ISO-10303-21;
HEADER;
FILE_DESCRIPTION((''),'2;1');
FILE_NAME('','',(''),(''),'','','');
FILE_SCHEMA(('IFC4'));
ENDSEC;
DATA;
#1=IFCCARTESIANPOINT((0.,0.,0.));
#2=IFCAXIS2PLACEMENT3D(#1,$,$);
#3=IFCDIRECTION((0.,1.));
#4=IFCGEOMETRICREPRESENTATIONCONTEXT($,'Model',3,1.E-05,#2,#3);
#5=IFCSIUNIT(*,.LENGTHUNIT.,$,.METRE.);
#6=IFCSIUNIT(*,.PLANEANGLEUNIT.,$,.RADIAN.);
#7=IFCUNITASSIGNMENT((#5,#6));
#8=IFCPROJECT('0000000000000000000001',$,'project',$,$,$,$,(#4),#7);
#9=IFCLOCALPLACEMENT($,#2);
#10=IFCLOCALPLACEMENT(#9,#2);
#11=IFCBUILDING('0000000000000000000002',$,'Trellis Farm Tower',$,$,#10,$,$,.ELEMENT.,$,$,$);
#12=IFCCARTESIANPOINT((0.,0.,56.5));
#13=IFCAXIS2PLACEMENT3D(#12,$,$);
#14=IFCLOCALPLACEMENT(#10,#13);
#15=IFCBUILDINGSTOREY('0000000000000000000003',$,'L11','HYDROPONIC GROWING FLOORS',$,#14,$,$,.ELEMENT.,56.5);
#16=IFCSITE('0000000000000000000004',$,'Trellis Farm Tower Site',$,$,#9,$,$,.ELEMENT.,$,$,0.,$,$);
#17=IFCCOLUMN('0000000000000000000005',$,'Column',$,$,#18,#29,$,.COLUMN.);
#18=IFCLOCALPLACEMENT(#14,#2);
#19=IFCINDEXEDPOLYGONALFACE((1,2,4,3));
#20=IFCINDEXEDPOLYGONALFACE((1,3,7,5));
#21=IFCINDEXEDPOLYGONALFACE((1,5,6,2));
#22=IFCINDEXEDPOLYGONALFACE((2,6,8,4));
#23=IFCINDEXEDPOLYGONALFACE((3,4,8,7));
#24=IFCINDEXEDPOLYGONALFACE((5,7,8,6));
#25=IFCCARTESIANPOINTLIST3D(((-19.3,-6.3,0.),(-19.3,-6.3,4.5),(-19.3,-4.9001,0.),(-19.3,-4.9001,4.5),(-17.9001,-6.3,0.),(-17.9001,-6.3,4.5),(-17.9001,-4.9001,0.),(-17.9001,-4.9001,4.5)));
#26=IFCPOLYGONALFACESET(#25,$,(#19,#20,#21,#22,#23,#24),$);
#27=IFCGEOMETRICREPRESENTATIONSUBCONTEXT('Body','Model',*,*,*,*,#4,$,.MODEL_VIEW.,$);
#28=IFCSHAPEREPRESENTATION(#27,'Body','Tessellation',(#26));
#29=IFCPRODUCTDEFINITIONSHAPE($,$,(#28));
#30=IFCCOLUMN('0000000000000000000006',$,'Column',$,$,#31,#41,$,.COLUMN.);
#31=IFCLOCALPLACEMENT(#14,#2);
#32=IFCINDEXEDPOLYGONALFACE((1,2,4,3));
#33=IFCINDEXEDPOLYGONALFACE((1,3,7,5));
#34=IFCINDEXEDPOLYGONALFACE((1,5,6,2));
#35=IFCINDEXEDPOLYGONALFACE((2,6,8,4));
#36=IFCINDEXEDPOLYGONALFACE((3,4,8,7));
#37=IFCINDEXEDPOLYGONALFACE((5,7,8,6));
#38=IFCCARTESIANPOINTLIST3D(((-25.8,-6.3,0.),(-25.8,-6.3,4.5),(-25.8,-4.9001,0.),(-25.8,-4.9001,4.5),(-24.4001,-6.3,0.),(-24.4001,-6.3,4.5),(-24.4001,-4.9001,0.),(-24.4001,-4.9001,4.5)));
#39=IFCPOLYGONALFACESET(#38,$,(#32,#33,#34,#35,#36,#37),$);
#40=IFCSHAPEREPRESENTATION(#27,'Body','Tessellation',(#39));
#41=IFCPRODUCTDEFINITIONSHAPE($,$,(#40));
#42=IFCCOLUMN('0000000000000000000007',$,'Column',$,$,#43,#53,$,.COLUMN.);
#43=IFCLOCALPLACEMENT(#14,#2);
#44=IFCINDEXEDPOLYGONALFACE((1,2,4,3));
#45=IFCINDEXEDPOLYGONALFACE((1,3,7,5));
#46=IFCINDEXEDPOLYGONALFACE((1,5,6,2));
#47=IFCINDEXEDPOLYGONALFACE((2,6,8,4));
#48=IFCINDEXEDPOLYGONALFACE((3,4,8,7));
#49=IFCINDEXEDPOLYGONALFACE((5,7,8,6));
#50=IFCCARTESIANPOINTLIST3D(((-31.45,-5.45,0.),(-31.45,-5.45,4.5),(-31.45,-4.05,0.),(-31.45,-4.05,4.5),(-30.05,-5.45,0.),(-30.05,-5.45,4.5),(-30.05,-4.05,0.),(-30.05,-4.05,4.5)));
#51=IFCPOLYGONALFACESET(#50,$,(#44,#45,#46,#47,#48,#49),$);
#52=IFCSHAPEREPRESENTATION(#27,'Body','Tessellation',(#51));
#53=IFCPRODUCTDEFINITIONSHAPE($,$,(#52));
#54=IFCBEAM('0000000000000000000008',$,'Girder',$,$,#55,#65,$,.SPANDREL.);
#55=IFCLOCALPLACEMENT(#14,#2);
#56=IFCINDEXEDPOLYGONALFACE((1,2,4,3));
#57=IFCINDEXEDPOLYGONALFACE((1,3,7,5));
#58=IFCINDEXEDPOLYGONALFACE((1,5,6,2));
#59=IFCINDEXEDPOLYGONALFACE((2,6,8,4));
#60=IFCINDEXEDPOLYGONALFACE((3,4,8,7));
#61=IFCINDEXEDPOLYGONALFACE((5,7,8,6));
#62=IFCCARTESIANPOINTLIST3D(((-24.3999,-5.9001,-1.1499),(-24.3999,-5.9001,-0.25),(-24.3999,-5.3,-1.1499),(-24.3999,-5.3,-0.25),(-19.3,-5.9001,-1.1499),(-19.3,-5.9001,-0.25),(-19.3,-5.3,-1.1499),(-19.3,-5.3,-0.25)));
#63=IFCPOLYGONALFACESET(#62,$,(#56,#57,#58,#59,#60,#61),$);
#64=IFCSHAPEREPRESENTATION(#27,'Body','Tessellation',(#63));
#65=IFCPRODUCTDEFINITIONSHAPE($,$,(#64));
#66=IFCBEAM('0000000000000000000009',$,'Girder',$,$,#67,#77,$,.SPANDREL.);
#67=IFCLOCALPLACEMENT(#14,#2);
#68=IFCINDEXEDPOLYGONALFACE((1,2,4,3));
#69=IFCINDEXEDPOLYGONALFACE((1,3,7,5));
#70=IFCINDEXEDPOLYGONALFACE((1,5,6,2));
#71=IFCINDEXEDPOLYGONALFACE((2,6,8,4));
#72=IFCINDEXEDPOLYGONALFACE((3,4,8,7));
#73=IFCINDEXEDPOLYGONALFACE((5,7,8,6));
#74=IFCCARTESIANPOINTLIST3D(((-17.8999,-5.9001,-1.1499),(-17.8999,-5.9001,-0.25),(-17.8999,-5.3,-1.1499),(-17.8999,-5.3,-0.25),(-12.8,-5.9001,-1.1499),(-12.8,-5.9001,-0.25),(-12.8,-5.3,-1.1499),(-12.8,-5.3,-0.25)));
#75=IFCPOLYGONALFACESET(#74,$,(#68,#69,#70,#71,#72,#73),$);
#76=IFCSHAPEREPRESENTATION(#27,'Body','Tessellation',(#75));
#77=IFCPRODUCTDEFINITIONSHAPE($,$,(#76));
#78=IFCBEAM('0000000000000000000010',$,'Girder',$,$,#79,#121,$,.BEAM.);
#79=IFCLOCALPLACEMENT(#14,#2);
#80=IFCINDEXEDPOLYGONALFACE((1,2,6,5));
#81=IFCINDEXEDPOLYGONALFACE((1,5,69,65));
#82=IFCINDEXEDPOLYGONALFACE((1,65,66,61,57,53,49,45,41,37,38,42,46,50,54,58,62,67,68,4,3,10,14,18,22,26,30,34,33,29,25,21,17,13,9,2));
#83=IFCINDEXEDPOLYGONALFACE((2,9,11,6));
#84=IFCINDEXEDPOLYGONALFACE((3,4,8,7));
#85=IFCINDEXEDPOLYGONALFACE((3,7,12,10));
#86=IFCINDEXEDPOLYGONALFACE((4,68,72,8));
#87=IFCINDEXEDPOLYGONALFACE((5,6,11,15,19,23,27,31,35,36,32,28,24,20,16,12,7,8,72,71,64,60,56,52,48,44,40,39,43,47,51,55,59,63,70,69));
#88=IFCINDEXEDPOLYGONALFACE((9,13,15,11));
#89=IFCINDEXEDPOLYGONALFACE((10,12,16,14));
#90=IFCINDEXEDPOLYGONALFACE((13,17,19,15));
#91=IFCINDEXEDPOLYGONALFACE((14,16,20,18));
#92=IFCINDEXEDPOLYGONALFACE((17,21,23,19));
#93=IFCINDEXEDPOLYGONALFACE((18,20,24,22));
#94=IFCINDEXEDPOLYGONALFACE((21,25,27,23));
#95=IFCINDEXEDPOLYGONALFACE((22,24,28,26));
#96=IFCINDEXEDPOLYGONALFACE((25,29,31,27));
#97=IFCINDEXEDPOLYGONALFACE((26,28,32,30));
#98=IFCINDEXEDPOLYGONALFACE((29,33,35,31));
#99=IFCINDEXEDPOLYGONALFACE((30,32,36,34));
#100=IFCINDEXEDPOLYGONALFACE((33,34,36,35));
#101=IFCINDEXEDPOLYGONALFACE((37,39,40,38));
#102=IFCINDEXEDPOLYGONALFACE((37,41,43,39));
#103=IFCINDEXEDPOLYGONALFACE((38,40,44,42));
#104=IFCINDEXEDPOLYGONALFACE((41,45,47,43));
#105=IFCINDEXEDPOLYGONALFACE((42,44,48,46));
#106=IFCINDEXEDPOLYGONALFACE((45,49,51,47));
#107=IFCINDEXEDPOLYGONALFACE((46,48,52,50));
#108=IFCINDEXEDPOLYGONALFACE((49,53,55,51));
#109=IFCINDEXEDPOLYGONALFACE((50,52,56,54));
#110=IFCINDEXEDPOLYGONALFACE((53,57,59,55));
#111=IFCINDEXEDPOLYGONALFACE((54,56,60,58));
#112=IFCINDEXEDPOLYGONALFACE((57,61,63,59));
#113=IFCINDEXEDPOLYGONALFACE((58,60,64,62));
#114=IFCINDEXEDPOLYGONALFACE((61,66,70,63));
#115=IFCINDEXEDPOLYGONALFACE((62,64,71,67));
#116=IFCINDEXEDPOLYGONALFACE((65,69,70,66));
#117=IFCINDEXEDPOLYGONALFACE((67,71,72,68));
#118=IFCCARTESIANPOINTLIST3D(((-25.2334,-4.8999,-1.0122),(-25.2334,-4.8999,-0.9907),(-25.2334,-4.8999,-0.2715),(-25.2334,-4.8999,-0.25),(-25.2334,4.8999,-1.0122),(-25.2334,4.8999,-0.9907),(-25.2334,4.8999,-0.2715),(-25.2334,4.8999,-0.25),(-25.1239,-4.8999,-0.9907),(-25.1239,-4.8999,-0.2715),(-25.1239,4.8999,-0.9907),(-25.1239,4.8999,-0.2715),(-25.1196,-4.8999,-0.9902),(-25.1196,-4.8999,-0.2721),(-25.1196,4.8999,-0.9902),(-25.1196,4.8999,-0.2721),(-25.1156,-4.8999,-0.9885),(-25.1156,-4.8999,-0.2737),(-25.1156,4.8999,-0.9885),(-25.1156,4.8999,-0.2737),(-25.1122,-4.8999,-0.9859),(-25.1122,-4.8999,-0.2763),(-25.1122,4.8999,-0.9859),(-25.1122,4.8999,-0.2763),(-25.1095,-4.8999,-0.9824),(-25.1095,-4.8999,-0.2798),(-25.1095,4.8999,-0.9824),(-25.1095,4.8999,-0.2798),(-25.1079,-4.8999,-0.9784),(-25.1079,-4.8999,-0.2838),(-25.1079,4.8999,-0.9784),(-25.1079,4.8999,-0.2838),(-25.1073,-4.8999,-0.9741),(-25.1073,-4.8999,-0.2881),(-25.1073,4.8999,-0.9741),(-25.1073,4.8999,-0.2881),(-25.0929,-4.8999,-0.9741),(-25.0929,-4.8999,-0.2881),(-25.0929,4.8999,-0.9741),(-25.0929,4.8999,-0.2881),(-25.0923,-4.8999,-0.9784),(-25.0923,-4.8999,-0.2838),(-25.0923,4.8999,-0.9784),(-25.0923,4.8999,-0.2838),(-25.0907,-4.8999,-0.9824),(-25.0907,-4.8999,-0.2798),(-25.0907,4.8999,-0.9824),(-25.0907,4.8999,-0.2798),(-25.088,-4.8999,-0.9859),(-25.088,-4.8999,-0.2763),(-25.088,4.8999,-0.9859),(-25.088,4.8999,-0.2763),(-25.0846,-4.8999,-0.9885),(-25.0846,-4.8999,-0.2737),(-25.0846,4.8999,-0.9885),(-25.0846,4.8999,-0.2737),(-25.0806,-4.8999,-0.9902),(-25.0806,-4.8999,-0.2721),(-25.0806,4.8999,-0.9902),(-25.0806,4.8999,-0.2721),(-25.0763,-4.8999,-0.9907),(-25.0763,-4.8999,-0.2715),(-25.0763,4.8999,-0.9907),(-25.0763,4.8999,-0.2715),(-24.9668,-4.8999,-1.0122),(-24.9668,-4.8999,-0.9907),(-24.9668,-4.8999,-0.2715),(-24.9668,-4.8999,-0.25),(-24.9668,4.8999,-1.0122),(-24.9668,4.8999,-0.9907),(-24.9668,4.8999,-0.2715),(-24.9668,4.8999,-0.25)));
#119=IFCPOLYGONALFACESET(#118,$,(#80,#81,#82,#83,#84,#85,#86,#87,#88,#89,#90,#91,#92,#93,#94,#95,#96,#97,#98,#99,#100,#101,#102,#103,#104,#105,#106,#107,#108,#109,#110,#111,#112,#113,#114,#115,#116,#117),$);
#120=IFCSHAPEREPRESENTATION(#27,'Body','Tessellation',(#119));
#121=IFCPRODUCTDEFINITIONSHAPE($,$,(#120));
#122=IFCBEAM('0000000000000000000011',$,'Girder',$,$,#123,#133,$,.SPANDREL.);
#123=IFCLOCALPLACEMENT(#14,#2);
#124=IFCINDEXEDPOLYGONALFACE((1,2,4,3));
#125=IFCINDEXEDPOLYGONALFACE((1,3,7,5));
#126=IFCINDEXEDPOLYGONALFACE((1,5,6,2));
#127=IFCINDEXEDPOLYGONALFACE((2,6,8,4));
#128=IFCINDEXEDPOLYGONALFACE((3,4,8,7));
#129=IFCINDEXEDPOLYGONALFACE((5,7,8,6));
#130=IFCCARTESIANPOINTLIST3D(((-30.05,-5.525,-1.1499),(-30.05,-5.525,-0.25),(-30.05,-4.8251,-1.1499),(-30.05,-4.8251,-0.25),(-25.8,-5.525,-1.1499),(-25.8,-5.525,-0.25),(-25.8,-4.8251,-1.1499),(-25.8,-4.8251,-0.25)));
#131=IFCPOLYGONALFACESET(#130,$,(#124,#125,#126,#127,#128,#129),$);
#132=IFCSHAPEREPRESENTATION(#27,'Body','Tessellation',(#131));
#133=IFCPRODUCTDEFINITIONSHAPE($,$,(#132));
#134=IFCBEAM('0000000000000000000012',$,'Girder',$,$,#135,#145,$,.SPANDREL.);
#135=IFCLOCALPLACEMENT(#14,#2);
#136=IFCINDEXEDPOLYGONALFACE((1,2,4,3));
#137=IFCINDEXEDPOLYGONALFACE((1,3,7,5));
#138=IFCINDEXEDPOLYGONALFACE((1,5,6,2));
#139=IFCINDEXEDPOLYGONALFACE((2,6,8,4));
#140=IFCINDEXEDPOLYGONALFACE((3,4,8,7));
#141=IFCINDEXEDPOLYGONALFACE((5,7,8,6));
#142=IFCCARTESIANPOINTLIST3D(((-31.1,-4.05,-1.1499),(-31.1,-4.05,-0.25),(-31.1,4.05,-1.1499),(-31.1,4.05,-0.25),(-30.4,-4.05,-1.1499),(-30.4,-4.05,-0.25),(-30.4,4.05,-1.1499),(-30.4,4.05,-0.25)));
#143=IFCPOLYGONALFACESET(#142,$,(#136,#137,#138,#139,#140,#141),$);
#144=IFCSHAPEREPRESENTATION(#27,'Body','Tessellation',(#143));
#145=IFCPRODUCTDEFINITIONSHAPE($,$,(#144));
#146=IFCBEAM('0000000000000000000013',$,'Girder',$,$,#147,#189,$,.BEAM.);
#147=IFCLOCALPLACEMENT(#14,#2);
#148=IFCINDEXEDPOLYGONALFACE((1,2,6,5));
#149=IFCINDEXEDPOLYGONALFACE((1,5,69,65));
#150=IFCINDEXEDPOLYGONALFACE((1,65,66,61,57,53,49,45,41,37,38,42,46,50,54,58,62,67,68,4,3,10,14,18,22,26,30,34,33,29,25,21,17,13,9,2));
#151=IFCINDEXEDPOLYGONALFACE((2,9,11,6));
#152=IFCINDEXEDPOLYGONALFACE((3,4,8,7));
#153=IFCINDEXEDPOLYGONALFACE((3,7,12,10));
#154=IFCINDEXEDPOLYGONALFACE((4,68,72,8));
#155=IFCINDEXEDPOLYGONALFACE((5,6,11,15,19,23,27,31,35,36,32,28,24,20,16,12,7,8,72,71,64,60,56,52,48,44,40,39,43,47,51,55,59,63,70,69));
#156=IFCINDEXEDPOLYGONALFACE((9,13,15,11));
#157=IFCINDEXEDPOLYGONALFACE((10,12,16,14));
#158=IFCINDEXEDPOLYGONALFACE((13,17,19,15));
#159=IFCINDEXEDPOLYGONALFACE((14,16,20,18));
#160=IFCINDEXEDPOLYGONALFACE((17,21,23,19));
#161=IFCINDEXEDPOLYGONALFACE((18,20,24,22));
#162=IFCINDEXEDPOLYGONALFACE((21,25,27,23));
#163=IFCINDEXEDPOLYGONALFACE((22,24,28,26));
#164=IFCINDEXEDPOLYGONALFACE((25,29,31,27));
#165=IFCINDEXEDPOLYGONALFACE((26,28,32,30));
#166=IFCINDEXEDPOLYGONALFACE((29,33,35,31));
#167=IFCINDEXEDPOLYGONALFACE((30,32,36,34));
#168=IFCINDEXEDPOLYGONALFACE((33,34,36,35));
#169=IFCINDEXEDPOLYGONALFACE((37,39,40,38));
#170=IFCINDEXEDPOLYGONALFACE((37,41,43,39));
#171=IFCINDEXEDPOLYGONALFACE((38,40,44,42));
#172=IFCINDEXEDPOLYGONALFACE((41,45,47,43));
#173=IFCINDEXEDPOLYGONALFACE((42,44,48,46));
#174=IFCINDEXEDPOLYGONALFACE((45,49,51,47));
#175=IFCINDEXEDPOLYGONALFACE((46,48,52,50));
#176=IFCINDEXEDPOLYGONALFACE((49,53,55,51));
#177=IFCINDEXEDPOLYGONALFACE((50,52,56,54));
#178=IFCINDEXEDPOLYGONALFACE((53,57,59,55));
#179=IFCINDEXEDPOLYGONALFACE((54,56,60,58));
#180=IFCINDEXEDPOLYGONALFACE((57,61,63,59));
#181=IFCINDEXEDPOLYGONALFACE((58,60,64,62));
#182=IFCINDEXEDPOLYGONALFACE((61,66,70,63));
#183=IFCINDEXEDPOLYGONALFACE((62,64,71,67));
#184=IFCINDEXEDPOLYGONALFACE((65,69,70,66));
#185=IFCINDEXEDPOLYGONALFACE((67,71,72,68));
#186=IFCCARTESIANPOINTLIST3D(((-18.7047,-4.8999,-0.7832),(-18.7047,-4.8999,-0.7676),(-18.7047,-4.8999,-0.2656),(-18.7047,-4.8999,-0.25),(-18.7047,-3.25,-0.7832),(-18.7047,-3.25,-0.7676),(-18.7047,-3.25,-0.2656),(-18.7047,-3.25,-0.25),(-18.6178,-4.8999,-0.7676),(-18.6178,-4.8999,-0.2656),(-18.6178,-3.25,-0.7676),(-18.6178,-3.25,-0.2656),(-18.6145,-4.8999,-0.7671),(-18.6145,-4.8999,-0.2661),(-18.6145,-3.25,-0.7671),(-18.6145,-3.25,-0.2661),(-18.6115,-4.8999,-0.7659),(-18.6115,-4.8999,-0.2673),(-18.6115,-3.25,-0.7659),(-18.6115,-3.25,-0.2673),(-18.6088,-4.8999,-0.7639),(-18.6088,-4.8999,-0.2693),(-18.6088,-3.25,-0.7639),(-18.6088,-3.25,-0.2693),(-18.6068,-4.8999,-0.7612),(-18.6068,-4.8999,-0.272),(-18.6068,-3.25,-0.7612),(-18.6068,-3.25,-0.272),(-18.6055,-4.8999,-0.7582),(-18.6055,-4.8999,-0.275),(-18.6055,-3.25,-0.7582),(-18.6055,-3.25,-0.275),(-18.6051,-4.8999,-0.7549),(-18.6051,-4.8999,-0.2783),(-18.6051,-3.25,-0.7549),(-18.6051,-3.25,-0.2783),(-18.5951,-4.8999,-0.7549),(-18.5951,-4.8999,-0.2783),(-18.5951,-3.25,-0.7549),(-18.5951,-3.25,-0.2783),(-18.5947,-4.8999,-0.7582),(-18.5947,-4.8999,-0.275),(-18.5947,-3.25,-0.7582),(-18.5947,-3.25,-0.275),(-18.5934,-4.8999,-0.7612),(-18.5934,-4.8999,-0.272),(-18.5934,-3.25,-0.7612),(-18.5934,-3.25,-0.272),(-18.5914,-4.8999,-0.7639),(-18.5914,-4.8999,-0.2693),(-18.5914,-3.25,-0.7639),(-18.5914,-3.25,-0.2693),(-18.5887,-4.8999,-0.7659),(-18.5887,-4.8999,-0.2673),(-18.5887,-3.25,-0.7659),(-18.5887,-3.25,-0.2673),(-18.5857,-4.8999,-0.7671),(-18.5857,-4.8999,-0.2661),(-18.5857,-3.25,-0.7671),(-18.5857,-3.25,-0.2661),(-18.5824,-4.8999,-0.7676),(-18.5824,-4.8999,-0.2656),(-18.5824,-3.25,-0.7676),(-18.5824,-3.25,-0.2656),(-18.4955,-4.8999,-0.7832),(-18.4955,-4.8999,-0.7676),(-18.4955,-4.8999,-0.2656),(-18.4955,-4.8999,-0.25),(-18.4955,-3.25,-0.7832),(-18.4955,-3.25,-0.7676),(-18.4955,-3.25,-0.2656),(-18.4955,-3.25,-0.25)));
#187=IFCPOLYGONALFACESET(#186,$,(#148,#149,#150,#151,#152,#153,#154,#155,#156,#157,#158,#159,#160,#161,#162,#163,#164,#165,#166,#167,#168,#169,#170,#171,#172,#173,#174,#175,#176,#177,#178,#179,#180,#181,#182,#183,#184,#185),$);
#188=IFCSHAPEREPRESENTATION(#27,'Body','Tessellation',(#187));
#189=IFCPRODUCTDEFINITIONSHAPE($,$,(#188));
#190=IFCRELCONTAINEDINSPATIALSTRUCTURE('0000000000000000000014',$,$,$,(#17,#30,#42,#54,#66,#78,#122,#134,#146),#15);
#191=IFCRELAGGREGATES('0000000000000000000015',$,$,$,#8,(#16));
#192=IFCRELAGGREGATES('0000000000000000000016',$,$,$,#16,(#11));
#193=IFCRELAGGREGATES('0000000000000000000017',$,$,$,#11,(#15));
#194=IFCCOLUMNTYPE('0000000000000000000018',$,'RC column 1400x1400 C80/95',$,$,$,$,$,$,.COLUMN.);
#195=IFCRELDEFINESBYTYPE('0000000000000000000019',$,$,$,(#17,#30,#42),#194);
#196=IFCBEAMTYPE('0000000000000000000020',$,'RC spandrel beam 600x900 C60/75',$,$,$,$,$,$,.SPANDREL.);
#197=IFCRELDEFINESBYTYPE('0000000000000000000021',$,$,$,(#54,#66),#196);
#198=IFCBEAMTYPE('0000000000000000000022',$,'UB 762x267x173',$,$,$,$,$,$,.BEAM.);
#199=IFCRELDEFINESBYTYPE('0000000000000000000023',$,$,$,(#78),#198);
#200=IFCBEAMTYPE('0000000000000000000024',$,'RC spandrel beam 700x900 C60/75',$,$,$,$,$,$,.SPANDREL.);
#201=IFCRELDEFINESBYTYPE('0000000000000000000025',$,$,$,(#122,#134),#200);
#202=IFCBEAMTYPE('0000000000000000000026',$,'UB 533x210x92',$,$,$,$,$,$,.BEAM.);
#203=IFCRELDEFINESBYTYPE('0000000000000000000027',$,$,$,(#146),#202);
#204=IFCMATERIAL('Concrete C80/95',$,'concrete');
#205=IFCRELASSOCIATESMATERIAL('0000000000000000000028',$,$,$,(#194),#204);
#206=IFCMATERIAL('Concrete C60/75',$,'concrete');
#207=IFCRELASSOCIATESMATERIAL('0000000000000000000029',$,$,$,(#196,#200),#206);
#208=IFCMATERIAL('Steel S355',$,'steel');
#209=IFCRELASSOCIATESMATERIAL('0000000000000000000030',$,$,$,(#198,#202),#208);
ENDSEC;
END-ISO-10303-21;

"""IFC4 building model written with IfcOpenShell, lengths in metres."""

from ifc_helpers import new_model, si_unit, direction, frame, origin, origin_2d, place, context, subcontext, project, spatial, rectangle, i_section, extrude, source, transform, mapped, material, material_profile, profile_set, type_object, element, save


model = new_model("IFC4")

# Units and contexts
model_context = context("Model", 3, precision=1e-05, world=origin(), true_north=direction((0.0, 1.0)))
body_context = subcontext(model_context, "Body", "Model", "MODEL_VIEW")
ifc_project = project(units=[si_unit("LENGTHUNIT", "METRE"), si_unit("PLANEANGLEUNIT", "RADIAN")], contexts=[model_context])

# Site, building, storey
site_placement = place(None, origin())
site = spatial("IfcSite", under=ifc_project, at=site_placement, Name="Trellis Farm Tower Site", CompositionType="ELEMENT", RefElevation=0.0)
building_placement = place(site_placement, origin())
building = spatial("IfcBuilding", under=site, at=building_placement, Name="Trellis Farm Tower", CompositionType="ELEMENT")
storey_placement = place(building_placement, frame((0.0, 0.0, 56.5)))
storey = spatial("IfcBuildingStorey", under=building, at=storey_placement, Name="L11", Description="HYDROPONIC GROWING FLOORS", CompositionType="ELEMENT", Elevation=56.5)

# Columns
ifc_material_1 = material(Name="Concrete C80/95", Category="concrete")
ifc_material_profile_1 = material_profile(ifc_material_1, rectangle(XDim=1.3999, YDim=1.3999, at=origin_2d()), Name="RC column 1400x1400 C80/95")
ifc_profile_set_1 = profile_set([ifc_material_profile_1], Name="Concrete C80/95")
column_type = type_object("IfcColumnType", Name="RC column 1400x1400 C80/95", PredefinedType="COLUMN", material=ifc_profile_set_1)
shared_shape_1 = source(origin(), body_context, "Body", "SweptSolid", [
    extrude(rectangle(XDim=1.3999, YDim=1.3999, at=origin_2d()), origin(), (0.0, 0.0, 1.0), 4.5),
])
for number, where, z_axis, x_axis, name in (
    (1, (-18.6001, -5.6001, 0.0), (0.0, 0.0, 1.0), (1.0, 0.0, 0.0), "Column"),
    (2, (-25.1001, -5.6001, 0.0), (0.0, 0.0, 1.0), (1.0, 0.0, 0.0), "Column"),
    (3, (-30.75, -4.75, 0.0), (0.0, 0.0, 1.0), (1.0, 0.0, 0.0), "Column"),
):
    element("IfcColumn", number, at=place(storey_placement, frame(where, z_axis=z_axis, x_axis=x_axis)), inside=storey, type_object=column_type, Name=name, PredefinedType="COLUMN", context=body_context, shape_type="MappedRepresentation", body=[
        mapped(shared_shape_1, transform((0.0, 0.0, 0.0))),
    ])

# Beams
ifc_material_2 = material(Name="Concrete C60/75", Category="concrete")
ifc_material_profile_2 = material_profile(ifc_material_2, rectangle(XDim=0.6001, YDim=0.8999, at=origin_2d()), Name="RC spandrel beam 600x900 C60/75")
ifc_profile_set_2 = profile_set([ifc_material_profile_2], Name="Concrete C60/75")
beam_type_1 = type_object("IfcBeamType", Name="RC spandrel beam 600x900 C60/75", PredefinedType="SPANDREL", material=ifc_profile_set_2)
shared_shape_2 = source(origin(), body_context, "Body", "SweptSolid", [
    extrude(rectangle(XDim=0.6001, YDim=0.8999, at=origin_2d()), origin(), (0.0, 0.0, 1.0), 5.0999),
])
for number, where, z_axis, x_axis, name in (
    (4, (-24.3999, -5.6001, -0.7), (1.0, 0.0, 0.0), (0.0, 1.0, 0.0), "Girder"),
    (5, (-17.8999, -5.6001, -0.7), (1.0, 0.0, 0.0), (0.0, 1.0, 0.0), "Girder"),
):
    element("IfcBeam", number, at=place(storey_placement, frame(where, z_axis=z_axis, x_axis=x_axis)), inside=storey, type_object=beam_type_1, Name=name, PredefinedType="SPANDREL", context=body_context, shape_type="MappedRepresentation", body=[
        mapped(shared_shape_2, transform((0.0, 0.0, 0.0))),
    ])
ifc_material_3 = material(Name="Steel S355", Category="steel")
ifc_material_profile_3 = material_profile(ifc_material_3, i_section(OverallWidth=0.2666, OverallDepth=0.7622, WebThickness=0.0144, FlangeThickness=0.0215, FilletRadius=0.0166, at=origin_2d()), Name="UB 762x267x173")
ifc_profile_set_3 = profile_set([ifc_material_profile_3], Name="Steel S355")
beam_type_2 = type_object("IfcBeamType", Name="UB 762x267x173", PredefinedType="BEAM", material=ifc_profile_set_3)
shared_shape_3 = source(origin(), body_context, "Body", "SweptSolid", [
    extrude(i_section(OverallWidth=0.2666, OverallDepth=0.7622, WebThickness=0.0144, FlangeThickness=0.0215, FilletRadius=0.0166, at=origin_2d()), origin(), (0.0, 0.0, 1.0), 9.7998),
])
beam_1_placement = place(storey_placement, frame((-25.1001, -4.8999, -0.6311), z_axis=(0.0, 1.0, 0.0), x_axis=(-1.0, 0.0, 0.0)))
element("IfcBeam", 6, at=beam_1_placement, inside=storey, type_object=beam_type_2, Name="Girder", PredefinedType="BEAM", context=body_context, shape_type="MappedRepresentation", body=[
    mapped(shared_shape_3, transform((0.0, 0.0, 0.0))),
])
ifc_material_profile_4 = material_profile(ifc_material_2, rectangle(XDim=0.7, YDim=0.8999, at=origin_2d()), Name="RC spandrel beam 700x900 C60/75")
ifc_profile_set_4 = profile_set([ifc_material_profile_4], Name="Concrete C60/75")
beam_type_3 = type_object("IfcBeamType", Name="RC spandrel beam 700x900 C60/75", PredefinedType="SPANDREL", material=ifc_profile_set_4)
shared_shape_4 = source(origin(), body_context, "Body", "SweptSolid", [
    extrude(rectangle(XDim=0.7, YDim=0.8999, at=origin_2d()), origin(), (0.0, 0.0, 1.0), 4.25),
])
beam_2_placement = place(storey_placement, frame((-30.05, -5.175, -0.7), z_axis=(1.0, 0.0, 0.0), x_axis=(0.0, 1.0, 0.0)))
element("IfcBeam", 7, at=beam_2_placement, inside=storey, type_object=beam_type_3, Name="Girder", PredefinedType="SPANDREL", context=body_context, shape_type="MappedRepresentation", body=[
    mapped(shared_shape_4, transform((0.0, 0.0, 0.0))),
])
shared_shape_5 = source(origin(), body_context, "Body", "SweptSolid", [
    extrude(rectangle(XDim=0.7, YDim=0.8999, at=origin_2d()), origin(), (0.0, 0.0, 1.0), 8.1001),
])
beam_3_placement = place(storey_placement, frame((-30.75, -4.05, -0.7), z_axis=(0.0, 1.0, 0.0), x_axis=(-1.0, 0.0, 0.0)))
element("IfcBeam", 8, at=beam_3_placement, inside=storey, type_object=beam_type_3, Name="Girder", PredefinedType="SPANDREL", context=body_context, shape_type="MappedRepresentation", body=[
    mapped(shared_shape_5, transform((0.0, 0.0, 0.0))),
])
ifc_material_profile_5 = material_profile(ifc_material_3, i_section(OverallWidth=0.2092, OverallDepth=0.5332, WebThickness=0.01, FlangeThickness=0.0156, FilletRadius=0.0127, at=origin_2d()), Name="UB 533x210x92")
ifc_profile_set_5 = profile_set([ifc_material_profile_5], Name="Steel S355")
beam_type_4 = type_object("IfcBeamType", Name="UB 533x210x92", PredefinedType="BEAM", material=ifc_profile_set_5)
shared_shape_6 = source(origin(), body_context, "Body", "SweptSolid", [
    extrude(i_section(OverallWidth=0.2092, OverallDepth=0.5332, WebThickness=0.01, FlangeThickness=0.0156, FilletRadius=0.0127, at=origin_2d()), origin(), (0.0, 0.0, 1.0), 1.6499),
])
beam_4_placement = place(storey_placement, frame((-18.6001, -4.8999, -0.5166), z_axis=(0.0, 1.0, 0.0), x_axis=(-1.0, 0.0, 0.0)))
element("IfcBeam", 9, at=beam_4_placement, inside=storey, type_object=beam_type_4, Name="Girder", PredefinedType="BEAM", context=body_context, shape_type="MappedRepresentation", body=[
    mapped(shared_shape_6, transform((0.0, 0.0, 0.0))),
])

save(model, "model.ifc")
